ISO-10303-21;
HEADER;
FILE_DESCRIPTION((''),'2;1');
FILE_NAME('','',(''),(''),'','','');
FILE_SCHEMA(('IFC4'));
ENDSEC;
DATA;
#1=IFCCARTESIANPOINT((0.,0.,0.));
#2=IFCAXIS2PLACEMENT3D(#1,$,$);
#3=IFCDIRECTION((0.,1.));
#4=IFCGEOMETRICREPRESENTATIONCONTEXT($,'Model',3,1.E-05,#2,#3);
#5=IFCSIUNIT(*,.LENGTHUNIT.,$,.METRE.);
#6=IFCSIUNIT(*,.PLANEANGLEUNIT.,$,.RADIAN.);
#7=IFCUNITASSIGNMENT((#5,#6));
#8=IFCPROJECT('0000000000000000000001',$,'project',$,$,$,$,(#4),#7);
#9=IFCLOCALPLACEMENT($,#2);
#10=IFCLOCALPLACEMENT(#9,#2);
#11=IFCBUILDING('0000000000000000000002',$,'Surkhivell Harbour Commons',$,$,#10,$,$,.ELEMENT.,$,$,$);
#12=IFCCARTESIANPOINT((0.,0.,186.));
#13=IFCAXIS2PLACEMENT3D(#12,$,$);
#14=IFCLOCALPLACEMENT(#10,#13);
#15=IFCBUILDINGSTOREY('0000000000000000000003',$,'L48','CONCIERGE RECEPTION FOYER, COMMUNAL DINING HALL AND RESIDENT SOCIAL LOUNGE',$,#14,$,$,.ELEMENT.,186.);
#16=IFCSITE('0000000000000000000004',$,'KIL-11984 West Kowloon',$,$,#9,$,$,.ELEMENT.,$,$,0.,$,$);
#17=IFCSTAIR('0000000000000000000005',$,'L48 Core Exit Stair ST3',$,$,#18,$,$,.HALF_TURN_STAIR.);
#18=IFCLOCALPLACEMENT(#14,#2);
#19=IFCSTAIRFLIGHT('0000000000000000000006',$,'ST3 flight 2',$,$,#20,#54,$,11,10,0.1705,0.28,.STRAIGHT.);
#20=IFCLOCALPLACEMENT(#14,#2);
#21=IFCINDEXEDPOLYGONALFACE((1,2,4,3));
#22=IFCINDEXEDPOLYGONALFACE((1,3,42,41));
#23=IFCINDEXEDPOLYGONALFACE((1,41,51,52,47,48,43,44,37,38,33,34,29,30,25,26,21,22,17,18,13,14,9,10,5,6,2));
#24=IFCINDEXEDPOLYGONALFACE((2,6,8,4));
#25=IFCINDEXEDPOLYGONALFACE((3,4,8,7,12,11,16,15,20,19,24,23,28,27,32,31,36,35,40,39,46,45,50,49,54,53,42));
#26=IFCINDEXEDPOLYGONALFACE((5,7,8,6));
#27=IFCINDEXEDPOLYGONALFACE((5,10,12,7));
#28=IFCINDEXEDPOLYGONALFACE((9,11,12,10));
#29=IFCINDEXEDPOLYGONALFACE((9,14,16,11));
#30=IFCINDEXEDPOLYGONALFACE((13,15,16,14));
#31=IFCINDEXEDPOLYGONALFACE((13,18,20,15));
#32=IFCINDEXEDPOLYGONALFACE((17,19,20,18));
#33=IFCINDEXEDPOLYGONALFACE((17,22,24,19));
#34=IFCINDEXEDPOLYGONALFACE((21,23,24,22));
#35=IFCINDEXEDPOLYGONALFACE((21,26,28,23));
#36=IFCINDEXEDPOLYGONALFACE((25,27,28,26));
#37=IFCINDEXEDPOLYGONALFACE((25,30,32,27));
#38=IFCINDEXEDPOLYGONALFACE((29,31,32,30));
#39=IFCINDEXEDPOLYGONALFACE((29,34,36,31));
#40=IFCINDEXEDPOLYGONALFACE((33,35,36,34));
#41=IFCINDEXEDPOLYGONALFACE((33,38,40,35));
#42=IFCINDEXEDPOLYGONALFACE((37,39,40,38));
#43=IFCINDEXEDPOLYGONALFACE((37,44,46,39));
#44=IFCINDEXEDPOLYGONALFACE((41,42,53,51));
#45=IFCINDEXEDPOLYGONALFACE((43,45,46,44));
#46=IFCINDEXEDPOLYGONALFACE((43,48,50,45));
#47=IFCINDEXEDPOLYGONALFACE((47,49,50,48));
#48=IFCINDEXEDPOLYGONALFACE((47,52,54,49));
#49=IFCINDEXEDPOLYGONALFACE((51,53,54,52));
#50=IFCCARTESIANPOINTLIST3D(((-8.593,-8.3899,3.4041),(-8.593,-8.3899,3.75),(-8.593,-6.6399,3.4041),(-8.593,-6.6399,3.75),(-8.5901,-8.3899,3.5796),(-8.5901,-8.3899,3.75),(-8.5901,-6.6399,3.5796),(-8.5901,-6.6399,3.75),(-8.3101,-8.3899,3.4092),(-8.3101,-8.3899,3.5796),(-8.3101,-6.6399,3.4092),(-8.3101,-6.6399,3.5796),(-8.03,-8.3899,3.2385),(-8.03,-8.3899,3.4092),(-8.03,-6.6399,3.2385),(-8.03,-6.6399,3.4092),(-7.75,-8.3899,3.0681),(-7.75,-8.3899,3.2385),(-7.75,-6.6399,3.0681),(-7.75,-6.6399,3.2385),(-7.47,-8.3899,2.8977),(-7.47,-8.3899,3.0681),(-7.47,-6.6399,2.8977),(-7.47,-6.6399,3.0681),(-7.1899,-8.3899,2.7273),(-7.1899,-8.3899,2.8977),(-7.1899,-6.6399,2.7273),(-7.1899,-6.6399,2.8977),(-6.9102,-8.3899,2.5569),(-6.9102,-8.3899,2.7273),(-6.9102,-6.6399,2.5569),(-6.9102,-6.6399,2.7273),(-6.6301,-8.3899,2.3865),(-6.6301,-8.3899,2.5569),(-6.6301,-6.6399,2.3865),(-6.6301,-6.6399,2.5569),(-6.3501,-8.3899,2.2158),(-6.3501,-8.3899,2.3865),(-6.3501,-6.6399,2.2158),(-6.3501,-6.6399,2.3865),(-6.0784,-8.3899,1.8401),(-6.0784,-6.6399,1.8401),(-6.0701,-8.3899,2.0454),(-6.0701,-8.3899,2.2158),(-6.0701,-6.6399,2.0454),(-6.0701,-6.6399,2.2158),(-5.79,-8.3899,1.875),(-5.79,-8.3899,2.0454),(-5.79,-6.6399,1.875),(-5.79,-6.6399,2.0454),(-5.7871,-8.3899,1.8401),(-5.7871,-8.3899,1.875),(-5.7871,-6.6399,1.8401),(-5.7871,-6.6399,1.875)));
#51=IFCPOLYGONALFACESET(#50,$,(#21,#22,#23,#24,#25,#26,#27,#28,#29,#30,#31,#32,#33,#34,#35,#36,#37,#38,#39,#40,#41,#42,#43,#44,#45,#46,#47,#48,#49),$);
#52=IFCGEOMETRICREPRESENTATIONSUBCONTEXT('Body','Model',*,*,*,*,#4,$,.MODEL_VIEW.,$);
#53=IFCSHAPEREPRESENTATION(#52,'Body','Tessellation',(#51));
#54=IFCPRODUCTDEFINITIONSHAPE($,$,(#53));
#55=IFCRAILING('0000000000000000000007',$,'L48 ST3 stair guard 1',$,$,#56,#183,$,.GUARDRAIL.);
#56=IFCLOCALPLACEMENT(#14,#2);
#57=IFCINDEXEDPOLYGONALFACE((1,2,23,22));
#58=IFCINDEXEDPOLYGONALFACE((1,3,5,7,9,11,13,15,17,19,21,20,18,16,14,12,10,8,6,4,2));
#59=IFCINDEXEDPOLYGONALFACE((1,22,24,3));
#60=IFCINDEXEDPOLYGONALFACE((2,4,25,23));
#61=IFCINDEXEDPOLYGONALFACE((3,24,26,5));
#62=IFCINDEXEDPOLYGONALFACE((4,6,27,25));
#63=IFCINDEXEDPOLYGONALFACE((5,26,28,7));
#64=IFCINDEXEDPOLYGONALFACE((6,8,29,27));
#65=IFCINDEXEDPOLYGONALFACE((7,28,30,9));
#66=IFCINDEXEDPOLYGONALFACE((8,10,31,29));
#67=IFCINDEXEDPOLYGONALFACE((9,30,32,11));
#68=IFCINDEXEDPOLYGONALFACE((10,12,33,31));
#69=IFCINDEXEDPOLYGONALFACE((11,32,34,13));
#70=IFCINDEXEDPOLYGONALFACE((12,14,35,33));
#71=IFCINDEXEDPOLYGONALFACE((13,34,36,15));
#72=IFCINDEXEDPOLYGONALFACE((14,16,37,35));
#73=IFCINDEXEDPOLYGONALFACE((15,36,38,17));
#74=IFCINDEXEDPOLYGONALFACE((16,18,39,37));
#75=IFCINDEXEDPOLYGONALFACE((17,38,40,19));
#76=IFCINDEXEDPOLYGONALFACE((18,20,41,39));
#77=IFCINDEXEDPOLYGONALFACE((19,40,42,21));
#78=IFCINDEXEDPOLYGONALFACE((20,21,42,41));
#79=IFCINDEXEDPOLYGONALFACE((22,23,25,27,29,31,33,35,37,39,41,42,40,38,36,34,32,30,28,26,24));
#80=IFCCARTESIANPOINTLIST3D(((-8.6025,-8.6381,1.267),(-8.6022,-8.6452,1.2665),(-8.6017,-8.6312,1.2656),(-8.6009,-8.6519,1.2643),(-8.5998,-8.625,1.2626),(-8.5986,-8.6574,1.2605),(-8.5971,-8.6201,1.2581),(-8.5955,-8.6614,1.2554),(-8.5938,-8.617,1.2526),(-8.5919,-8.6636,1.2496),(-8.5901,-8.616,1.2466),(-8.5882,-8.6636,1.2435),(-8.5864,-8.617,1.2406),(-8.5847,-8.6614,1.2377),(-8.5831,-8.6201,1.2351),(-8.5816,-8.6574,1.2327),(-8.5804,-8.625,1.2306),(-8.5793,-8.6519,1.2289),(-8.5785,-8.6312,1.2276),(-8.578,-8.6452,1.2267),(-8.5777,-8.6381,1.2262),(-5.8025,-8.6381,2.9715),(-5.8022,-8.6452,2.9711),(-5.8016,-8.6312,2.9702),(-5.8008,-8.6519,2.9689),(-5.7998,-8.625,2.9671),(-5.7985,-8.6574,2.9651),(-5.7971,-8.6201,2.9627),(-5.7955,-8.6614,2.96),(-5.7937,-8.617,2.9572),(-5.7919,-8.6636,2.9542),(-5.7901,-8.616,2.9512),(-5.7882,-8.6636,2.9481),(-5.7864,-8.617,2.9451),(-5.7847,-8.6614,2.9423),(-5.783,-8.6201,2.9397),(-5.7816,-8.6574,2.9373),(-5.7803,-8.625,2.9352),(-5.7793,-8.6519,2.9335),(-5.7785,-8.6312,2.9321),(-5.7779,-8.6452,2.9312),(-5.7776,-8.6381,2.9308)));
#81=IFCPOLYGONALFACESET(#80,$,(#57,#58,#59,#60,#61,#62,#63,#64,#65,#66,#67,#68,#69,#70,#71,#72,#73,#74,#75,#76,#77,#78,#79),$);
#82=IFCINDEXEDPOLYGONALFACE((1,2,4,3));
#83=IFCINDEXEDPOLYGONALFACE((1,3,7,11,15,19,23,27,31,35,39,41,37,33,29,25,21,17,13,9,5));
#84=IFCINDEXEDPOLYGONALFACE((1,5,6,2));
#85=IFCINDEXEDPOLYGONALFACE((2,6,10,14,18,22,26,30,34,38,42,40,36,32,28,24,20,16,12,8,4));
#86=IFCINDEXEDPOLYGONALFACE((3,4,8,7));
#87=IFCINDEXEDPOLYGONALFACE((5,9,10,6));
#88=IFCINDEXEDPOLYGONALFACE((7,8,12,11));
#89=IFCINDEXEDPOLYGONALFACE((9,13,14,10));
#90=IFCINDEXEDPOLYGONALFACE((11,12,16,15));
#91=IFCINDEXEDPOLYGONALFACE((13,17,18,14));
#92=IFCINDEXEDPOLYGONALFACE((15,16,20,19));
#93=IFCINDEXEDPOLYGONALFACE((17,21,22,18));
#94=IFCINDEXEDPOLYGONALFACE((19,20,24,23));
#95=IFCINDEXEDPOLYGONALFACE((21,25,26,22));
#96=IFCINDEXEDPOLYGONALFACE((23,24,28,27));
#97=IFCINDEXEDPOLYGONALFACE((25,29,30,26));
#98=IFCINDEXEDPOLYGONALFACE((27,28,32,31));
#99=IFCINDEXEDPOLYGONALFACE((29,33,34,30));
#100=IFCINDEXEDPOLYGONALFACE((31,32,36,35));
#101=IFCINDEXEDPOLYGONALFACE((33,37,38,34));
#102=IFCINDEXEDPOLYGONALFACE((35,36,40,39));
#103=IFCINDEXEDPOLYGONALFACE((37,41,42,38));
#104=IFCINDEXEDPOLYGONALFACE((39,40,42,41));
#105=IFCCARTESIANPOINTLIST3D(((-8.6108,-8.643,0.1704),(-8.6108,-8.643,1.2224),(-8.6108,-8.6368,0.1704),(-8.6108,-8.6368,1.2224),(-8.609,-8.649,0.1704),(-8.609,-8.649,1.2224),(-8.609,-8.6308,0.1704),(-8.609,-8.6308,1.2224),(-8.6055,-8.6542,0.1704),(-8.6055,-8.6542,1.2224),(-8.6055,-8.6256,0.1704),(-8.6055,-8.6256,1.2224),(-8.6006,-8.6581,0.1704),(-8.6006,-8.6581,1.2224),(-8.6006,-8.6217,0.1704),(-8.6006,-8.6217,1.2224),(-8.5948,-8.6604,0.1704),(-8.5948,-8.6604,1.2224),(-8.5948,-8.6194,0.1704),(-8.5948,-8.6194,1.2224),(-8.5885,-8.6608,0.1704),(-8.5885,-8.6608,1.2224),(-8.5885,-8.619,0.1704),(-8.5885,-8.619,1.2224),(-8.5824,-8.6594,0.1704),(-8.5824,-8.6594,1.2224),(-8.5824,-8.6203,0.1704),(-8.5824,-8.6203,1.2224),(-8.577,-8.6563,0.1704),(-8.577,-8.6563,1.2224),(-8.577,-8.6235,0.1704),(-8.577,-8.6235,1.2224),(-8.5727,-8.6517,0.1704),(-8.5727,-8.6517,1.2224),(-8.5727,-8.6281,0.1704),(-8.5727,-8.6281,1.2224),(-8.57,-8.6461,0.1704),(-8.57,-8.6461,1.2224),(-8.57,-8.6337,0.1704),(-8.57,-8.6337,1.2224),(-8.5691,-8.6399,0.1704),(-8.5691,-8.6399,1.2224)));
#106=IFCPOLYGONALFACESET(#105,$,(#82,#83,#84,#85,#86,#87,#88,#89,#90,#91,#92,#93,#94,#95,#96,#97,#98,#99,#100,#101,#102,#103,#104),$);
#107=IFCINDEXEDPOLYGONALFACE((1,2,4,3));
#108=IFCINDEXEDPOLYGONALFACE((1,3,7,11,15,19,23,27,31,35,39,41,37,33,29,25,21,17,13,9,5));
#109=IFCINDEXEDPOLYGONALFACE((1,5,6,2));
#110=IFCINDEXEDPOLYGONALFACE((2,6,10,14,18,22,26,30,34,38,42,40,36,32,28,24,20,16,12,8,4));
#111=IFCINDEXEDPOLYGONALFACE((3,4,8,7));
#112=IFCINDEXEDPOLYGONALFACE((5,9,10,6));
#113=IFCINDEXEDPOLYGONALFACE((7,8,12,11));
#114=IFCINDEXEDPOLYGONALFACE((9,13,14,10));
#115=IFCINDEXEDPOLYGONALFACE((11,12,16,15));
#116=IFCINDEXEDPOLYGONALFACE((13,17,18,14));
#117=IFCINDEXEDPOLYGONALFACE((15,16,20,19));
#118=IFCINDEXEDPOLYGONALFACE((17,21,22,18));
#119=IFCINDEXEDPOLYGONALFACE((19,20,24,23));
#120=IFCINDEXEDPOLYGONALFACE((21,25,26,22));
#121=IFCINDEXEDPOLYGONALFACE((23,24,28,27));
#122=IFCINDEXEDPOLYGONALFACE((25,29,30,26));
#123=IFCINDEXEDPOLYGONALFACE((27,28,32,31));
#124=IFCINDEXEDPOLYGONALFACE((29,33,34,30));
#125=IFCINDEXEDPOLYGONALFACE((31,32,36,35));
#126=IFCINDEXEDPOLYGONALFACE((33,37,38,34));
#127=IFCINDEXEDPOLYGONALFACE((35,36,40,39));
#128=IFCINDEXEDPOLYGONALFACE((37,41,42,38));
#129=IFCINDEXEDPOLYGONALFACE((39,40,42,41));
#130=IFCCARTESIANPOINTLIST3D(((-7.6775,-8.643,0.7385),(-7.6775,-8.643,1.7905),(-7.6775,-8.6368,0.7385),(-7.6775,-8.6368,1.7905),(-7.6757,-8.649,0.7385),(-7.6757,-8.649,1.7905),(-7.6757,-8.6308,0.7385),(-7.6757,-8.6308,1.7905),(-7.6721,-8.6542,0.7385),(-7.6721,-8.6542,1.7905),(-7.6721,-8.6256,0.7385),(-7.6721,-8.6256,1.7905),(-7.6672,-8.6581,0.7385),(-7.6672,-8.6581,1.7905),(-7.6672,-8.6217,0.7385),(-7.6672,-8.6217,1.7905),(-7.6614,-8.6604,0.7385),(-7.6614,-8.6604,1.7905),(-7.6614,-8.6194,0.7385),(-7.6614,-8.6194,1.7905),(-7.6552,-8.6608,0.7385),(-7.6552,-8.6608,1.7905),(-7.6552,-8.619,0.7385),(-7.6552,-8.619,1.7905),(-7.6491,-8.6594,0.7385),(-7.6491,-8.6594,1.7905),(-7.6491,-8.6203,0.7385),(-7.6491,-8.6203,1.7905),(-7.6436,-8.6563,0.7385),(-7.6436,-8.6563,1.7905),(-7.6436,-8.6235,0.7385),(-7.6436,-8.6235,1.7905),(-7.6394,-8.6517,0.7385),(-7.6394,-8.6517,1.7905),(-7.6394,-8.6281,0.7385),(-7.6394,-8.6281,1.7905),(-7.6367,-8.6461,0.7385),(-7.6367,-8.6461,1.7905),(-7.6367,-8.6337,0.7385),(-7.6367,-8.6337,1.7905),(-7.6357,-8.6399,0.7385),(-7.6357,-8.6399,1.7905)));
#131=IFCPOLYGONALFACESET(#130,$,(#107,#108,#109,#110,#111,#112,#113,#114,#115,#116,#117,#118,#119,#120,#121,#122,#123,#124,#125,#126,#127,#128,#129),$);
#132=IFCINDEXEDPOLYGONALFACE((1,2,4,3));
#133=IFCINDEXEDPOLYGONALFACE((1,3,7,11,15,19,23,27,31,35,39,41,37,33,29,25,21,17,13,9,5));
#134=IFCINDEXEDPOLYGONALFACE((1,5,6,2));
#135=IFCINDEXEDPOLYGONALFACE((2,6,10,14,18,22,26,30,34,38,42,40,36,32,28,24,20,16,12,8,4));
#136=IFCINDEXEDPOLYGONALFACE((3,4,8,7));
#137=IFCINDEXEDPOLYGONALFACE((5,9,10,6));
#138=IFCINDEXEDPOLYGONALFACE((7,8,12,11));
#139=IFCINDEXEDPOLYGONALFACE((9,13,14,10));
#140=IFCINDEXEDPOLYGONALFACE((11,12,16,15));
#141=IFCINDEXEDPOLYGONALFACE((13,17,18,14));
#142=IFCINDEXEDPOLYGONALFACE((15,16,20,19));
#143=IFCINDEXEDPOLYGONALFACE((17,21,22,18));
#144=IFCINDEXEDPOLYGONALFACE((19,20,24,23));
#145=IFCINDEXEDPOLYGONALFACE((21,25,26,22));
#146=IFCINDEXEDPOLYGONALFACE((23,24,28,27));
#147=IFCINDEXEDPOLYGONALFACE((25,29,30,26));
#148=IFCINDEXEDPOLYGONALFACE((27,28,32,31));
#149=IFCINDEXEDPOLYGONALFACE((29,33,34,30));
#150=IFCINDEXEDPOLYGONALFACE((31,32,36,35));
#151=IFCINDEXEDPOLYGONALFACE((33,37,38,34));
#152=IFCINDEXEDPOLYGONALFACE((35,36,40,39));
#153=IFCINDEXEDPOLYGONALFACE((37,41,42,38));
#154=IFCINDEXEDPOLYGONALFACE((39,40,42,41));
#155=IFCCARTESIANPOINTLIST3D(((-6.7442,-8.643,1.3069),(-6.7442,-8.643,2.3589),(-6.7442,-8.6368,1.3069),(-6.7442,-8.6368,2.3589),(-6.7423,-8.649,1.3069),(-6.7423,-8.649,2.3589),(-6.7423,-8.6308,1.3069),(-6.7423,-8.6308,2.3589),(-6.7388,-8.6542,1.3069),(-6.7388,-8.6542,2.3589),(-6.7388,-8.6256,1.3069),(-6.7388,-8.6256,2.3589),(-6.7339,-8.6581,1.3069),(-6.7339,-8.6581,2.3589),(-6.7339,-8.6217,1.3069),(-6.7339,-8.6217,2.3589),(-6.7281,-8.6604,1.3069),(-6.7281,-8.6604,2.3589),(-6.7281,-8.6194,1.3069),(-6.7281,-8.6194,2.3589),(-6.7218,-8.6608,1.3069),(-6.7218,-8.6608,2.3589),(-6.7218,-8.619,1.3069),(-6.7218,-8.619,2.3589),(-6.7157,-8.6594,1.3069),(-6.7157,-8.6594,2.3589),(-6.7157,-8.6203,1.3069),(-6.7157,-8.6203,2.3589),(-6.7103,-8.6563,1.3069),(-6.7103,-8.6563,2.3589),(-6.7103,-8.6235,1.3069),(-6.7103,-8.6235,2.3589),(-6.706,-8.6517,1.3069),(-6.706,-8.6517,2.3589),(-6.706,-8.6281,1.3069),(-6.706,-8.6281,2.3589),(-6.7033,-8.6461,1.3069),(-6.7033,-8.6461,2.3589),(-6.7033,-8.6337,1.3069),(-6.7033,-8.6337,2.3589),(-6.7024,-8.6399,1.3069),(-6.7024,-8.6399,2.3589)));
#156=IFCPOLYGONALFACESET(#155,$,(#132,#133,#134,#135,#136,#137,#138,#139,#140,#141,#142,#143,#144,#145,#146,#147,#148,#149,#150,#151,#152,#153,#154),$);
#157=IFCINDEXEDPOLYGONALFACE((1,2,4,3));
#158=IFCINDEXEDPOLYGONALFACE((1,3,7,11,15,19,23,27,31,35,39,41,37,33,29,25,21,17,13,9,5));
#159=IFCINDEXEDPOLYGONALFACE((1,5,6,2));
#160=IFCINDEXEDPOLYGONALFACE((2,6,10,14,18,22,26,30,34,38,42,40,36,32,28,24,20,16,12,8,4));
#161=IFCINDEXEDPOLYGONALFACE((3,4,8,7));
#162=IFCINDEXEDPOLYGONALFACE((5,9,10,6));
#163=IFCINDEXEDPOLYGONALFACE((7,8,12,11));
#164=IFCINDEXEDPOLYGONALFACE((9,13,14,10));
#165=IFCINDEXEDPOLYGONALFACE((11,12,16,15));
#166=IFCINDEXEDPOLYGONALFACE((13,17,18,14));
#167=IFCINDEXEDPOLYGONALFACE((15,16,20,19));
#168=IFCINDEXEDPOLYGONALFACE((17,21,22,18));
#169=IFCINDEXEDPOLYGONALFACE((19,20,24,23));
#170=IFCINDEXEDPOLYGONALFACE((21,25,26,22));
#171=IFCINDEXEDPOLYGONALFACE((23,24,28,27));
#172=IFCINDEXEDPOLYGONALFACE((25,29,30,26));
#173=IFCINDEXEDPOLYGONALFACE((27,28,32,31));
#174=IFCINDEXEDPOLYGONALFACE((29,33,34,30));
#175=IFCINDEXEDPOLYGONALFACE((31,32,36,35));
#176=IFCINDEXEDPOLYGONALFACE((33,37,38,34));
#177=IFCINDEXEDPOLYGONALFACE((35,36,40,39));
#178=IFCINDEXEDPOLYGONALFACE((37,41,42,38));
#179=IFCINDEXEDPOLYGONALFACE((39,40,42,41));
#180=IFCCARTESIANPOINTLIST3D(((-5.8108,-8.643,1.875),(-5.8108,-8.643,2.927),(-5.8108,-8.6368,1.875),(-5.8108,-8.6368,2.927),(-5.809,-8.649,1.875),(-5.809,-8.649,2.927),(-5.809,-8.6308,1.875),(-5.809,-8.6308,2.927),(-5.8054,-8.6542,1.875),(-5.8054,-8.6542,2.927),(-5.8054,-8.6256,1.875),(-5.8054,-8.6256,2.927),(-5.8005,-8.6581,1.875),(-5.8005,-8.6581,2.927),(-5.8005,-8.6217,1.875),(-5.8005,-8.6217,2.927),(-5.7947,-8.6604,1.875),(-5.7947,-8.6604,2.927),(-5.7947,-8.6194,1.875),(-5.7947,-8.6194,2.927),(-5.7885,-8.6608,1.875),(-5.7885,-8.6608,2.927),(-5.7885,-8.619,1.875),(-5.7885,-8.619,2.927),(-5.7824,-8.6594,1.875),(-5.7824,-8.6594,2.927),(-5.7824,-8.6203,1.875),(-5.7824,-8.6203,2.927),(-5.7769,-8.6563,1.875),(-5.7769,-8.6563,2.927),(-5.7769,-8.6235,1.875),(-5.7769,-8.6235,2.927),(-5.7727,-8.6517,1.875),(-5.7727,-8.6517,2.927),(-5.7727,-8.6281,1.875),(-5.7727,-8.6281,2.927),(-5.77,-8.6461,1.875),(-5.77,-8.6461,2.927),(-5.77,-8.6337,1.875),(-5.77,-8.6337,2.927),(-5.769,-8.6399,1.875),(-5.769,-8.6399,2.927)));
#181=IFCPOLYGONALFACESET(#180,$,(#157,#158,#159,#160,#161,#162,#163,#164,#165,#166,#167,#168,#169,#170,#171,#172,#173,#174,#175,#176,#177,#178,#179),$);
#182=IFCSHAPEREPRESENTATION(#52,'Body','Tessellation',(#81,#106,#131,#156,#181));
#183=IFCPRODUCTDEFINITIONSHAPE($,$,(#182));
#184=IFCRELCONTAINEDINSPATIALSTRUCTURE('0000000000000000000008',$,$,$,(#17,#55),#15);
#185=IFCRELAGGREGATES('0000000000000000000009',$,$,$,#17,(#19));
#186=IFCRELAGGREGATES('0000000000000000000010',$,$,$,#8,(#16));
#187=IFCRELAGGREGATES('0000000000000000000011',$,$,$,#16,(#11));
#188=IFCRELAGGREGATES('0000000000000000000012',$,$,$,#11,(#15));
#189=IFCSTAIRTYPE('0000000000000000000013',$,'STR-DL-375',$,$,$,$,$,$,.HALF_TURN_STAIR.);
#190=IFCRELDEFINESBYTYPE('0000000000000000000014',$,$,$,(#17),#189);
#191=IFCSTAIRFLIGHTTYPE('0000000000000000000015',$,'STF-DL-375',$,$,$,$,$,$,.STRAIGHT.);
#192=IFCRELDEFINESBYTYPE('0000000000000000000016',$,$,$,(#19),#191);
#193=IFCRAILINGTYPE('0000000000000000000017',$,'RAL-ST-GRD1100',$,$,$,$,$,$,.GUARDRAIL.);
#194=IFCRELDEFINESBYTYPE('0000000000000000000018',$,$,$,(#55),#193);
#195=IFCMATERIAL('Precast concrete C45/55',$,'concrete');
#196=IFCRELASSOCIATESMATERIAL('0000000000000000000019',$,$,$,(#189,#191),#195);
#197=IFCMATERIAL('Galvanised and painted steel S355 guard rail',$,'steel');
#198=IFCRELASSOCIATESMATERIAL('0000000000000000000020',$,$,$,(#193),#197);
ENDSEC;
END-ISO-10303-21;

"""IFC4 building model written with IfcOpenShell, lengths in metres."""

from ifc_helpers import new_model, si_unit, direction, frame, origin, origin_2d, place, context, subcontext, project, spatial, polyline, circle, outline, extrude, material, type_object, element, aggregate, save


model = new_model("IFC4")

# Units and contexts
model_context = context("Model", 3, precision=1e-05, world=origin(), true_north=direction((0.0, 1.0)))
body_context = subcontext(model_context, "Body", "Model", "MODEL_VIEW")
ifc_project = project(units=[si_unit("LENGTHUNIT", "METRE"), si_unit("PLANEANGLEUNIT", "RADIAN")], contexts=[model_context])

# Site, building, storey
site_placement = place(None, origin())
site = spatial("IfcSite", under=ifc_project, at=site_placement, Name="KIL-11984 West Kowloon", CompositionType="ELEMENT", RefElevation=0.0)
building_placement = place(site_placement, origin())
building = spatial("IfcBuilding", under=site, at=building_placement, Name="Surkhivell Harbour Commons", CompositionType="ELEMENT")
storey_placement = place(building_placement, frame((0.0, 0.0, 186.0)))
storey = spatial("IfcBuildingStorey", under=building, at=storey_placement, Name="L48", Description="CONCIERGE RECEPTION FOYER, COMMUNAL DINING HALL AND RESIDENT SOCIAL LOUNGE", CompositionType="ELEMENT", Elevation=186.0)

# Stair, stair flight
ifc_material_1 = material(Name="Precast concrete C45/55", Category="concrete")
stair_type = type_object("IfcStairType", Name="STR-DL-375", PredefinedType="HALF_TURN_STAIR", material=ifc_material_1)
stair_placement = place(storey_placement, origin())
stair = element("IfcStair", 1, at=stair_placement, inside=storey, type_object=stair_type, Name="L48 Core Exit Stair ST3", PredefinedType="HALF_TURN_STAIR")
stair_flight_type = type_object("IfcStairFlightType", Name="STF-DL-375", PredefinedType="STRAIGHT", material=ifc_material_1)
stair_flight_1_placement = place(storey_placement, frame((-5.79, -7.5149, 1.875), z_axis=(0.0, 0.0, 1.0), x_axis=(-1.0, 0.0, 0.0)))
stair_flight_1 = element("IfcStairFlight", 2, at=stair_flight_1_placement, type_object=stair_flight_type, Name="ST3 flight 2", NumberOfRisers=11, NumberOfTreads=10, PredefinedType="STRAIGHT", RiserHeight=0.1705, TreadLength=0.28, context=body_context, shape_type="SweptSolid", body=[
    extrude(outline(polyline([(-0.0029, -0.0349), (-0.0029, 0.0), (0.0, 0.0), (0.0, 0.1704), (0.28, 0.1704), (0.28, 0.3408), (0.5601, 0.3408), (0.5601, 0.5115), (0.8401, 0.5115), (0.8401, 0.6819), (1.1201, 0.6819), (1.1201, 0.8523), (1.3999, 0.8523), (1.3999, 1.0227), (1.6799, 1.0227), (1.6799, 1.1931), (1.96, 1.1931), (1.96, 1.3635), (2.24, 1.3635), (2.24, 1.5342), (2.52, 1.5342), (2.52, 1.7046), (2.8, 1.7046), (2.8, 1.875), (2.803, 1.875), (2.803, 1.5291), (0.2883, -0.0349), (-0.0029, -0.0349)])), frame((0.0, 0.875, 0.0), z_axis=(0.0, -1.0, 0.0), x_axis=(1.0, 0.0, 0.0)), (0.0, 0.0, 1.0), 1.75),
])
aggregate(stair, [stair_flight_1])

# Railing
ifc_material_2 = material(Name="Galvanised and painted steel S355 guard rail", Category="steel")
railing_type_1 = type_object("IfcRailingType", Name="RAL-ST-GRD1100", PredefinedType="GUARDRAIL", material=ifc_material_2)
railing_1_placement = place(storey_placement, frame((-8.5901, -8.6399, 0.1704)))
element("IfcRailing", 3, at=railing_1_placement, inside=storey, type_object=railing_type_1, Name="L48 ST3 stair guard 1", PredefinedType="GUARDRAIL", context=body_context, shape_type="SweptSolid", body=[
    extrude(circle(Radius=0.0239, at=origin_2d()), frame((0.0, 0.0, 1.0762), z_axis=(0.85417, 0.0, 0.519994), x_axis=(0.0, 1.0, 0.0)), (0.0, 0.0, 1.0), 3.2781),
    extrude(circle(Radius=0.021, at=origin_2d()), origin(), (0.0, 0.0, 1.0), 1.052),
    extrude(circle(Radius=0.021, at=origin_2d()), frame((0.9333, 0.0, 0.5681)), (0.0, 0.0, 1.0), 1.052),
    extrude(circle(Radius=0.021, at=origin_2d()), frame((1.8667, 0.0, 1.1365)), (0.0, 0.0, 1.0), 1.052),
    extrude(circle(Radius=0.021, at=origin_2d()), frame((2.8, 0.0, 1.7046)), (0.0, 0.0, 1.0), 1.052),
])

save(model, "model.ifc")
